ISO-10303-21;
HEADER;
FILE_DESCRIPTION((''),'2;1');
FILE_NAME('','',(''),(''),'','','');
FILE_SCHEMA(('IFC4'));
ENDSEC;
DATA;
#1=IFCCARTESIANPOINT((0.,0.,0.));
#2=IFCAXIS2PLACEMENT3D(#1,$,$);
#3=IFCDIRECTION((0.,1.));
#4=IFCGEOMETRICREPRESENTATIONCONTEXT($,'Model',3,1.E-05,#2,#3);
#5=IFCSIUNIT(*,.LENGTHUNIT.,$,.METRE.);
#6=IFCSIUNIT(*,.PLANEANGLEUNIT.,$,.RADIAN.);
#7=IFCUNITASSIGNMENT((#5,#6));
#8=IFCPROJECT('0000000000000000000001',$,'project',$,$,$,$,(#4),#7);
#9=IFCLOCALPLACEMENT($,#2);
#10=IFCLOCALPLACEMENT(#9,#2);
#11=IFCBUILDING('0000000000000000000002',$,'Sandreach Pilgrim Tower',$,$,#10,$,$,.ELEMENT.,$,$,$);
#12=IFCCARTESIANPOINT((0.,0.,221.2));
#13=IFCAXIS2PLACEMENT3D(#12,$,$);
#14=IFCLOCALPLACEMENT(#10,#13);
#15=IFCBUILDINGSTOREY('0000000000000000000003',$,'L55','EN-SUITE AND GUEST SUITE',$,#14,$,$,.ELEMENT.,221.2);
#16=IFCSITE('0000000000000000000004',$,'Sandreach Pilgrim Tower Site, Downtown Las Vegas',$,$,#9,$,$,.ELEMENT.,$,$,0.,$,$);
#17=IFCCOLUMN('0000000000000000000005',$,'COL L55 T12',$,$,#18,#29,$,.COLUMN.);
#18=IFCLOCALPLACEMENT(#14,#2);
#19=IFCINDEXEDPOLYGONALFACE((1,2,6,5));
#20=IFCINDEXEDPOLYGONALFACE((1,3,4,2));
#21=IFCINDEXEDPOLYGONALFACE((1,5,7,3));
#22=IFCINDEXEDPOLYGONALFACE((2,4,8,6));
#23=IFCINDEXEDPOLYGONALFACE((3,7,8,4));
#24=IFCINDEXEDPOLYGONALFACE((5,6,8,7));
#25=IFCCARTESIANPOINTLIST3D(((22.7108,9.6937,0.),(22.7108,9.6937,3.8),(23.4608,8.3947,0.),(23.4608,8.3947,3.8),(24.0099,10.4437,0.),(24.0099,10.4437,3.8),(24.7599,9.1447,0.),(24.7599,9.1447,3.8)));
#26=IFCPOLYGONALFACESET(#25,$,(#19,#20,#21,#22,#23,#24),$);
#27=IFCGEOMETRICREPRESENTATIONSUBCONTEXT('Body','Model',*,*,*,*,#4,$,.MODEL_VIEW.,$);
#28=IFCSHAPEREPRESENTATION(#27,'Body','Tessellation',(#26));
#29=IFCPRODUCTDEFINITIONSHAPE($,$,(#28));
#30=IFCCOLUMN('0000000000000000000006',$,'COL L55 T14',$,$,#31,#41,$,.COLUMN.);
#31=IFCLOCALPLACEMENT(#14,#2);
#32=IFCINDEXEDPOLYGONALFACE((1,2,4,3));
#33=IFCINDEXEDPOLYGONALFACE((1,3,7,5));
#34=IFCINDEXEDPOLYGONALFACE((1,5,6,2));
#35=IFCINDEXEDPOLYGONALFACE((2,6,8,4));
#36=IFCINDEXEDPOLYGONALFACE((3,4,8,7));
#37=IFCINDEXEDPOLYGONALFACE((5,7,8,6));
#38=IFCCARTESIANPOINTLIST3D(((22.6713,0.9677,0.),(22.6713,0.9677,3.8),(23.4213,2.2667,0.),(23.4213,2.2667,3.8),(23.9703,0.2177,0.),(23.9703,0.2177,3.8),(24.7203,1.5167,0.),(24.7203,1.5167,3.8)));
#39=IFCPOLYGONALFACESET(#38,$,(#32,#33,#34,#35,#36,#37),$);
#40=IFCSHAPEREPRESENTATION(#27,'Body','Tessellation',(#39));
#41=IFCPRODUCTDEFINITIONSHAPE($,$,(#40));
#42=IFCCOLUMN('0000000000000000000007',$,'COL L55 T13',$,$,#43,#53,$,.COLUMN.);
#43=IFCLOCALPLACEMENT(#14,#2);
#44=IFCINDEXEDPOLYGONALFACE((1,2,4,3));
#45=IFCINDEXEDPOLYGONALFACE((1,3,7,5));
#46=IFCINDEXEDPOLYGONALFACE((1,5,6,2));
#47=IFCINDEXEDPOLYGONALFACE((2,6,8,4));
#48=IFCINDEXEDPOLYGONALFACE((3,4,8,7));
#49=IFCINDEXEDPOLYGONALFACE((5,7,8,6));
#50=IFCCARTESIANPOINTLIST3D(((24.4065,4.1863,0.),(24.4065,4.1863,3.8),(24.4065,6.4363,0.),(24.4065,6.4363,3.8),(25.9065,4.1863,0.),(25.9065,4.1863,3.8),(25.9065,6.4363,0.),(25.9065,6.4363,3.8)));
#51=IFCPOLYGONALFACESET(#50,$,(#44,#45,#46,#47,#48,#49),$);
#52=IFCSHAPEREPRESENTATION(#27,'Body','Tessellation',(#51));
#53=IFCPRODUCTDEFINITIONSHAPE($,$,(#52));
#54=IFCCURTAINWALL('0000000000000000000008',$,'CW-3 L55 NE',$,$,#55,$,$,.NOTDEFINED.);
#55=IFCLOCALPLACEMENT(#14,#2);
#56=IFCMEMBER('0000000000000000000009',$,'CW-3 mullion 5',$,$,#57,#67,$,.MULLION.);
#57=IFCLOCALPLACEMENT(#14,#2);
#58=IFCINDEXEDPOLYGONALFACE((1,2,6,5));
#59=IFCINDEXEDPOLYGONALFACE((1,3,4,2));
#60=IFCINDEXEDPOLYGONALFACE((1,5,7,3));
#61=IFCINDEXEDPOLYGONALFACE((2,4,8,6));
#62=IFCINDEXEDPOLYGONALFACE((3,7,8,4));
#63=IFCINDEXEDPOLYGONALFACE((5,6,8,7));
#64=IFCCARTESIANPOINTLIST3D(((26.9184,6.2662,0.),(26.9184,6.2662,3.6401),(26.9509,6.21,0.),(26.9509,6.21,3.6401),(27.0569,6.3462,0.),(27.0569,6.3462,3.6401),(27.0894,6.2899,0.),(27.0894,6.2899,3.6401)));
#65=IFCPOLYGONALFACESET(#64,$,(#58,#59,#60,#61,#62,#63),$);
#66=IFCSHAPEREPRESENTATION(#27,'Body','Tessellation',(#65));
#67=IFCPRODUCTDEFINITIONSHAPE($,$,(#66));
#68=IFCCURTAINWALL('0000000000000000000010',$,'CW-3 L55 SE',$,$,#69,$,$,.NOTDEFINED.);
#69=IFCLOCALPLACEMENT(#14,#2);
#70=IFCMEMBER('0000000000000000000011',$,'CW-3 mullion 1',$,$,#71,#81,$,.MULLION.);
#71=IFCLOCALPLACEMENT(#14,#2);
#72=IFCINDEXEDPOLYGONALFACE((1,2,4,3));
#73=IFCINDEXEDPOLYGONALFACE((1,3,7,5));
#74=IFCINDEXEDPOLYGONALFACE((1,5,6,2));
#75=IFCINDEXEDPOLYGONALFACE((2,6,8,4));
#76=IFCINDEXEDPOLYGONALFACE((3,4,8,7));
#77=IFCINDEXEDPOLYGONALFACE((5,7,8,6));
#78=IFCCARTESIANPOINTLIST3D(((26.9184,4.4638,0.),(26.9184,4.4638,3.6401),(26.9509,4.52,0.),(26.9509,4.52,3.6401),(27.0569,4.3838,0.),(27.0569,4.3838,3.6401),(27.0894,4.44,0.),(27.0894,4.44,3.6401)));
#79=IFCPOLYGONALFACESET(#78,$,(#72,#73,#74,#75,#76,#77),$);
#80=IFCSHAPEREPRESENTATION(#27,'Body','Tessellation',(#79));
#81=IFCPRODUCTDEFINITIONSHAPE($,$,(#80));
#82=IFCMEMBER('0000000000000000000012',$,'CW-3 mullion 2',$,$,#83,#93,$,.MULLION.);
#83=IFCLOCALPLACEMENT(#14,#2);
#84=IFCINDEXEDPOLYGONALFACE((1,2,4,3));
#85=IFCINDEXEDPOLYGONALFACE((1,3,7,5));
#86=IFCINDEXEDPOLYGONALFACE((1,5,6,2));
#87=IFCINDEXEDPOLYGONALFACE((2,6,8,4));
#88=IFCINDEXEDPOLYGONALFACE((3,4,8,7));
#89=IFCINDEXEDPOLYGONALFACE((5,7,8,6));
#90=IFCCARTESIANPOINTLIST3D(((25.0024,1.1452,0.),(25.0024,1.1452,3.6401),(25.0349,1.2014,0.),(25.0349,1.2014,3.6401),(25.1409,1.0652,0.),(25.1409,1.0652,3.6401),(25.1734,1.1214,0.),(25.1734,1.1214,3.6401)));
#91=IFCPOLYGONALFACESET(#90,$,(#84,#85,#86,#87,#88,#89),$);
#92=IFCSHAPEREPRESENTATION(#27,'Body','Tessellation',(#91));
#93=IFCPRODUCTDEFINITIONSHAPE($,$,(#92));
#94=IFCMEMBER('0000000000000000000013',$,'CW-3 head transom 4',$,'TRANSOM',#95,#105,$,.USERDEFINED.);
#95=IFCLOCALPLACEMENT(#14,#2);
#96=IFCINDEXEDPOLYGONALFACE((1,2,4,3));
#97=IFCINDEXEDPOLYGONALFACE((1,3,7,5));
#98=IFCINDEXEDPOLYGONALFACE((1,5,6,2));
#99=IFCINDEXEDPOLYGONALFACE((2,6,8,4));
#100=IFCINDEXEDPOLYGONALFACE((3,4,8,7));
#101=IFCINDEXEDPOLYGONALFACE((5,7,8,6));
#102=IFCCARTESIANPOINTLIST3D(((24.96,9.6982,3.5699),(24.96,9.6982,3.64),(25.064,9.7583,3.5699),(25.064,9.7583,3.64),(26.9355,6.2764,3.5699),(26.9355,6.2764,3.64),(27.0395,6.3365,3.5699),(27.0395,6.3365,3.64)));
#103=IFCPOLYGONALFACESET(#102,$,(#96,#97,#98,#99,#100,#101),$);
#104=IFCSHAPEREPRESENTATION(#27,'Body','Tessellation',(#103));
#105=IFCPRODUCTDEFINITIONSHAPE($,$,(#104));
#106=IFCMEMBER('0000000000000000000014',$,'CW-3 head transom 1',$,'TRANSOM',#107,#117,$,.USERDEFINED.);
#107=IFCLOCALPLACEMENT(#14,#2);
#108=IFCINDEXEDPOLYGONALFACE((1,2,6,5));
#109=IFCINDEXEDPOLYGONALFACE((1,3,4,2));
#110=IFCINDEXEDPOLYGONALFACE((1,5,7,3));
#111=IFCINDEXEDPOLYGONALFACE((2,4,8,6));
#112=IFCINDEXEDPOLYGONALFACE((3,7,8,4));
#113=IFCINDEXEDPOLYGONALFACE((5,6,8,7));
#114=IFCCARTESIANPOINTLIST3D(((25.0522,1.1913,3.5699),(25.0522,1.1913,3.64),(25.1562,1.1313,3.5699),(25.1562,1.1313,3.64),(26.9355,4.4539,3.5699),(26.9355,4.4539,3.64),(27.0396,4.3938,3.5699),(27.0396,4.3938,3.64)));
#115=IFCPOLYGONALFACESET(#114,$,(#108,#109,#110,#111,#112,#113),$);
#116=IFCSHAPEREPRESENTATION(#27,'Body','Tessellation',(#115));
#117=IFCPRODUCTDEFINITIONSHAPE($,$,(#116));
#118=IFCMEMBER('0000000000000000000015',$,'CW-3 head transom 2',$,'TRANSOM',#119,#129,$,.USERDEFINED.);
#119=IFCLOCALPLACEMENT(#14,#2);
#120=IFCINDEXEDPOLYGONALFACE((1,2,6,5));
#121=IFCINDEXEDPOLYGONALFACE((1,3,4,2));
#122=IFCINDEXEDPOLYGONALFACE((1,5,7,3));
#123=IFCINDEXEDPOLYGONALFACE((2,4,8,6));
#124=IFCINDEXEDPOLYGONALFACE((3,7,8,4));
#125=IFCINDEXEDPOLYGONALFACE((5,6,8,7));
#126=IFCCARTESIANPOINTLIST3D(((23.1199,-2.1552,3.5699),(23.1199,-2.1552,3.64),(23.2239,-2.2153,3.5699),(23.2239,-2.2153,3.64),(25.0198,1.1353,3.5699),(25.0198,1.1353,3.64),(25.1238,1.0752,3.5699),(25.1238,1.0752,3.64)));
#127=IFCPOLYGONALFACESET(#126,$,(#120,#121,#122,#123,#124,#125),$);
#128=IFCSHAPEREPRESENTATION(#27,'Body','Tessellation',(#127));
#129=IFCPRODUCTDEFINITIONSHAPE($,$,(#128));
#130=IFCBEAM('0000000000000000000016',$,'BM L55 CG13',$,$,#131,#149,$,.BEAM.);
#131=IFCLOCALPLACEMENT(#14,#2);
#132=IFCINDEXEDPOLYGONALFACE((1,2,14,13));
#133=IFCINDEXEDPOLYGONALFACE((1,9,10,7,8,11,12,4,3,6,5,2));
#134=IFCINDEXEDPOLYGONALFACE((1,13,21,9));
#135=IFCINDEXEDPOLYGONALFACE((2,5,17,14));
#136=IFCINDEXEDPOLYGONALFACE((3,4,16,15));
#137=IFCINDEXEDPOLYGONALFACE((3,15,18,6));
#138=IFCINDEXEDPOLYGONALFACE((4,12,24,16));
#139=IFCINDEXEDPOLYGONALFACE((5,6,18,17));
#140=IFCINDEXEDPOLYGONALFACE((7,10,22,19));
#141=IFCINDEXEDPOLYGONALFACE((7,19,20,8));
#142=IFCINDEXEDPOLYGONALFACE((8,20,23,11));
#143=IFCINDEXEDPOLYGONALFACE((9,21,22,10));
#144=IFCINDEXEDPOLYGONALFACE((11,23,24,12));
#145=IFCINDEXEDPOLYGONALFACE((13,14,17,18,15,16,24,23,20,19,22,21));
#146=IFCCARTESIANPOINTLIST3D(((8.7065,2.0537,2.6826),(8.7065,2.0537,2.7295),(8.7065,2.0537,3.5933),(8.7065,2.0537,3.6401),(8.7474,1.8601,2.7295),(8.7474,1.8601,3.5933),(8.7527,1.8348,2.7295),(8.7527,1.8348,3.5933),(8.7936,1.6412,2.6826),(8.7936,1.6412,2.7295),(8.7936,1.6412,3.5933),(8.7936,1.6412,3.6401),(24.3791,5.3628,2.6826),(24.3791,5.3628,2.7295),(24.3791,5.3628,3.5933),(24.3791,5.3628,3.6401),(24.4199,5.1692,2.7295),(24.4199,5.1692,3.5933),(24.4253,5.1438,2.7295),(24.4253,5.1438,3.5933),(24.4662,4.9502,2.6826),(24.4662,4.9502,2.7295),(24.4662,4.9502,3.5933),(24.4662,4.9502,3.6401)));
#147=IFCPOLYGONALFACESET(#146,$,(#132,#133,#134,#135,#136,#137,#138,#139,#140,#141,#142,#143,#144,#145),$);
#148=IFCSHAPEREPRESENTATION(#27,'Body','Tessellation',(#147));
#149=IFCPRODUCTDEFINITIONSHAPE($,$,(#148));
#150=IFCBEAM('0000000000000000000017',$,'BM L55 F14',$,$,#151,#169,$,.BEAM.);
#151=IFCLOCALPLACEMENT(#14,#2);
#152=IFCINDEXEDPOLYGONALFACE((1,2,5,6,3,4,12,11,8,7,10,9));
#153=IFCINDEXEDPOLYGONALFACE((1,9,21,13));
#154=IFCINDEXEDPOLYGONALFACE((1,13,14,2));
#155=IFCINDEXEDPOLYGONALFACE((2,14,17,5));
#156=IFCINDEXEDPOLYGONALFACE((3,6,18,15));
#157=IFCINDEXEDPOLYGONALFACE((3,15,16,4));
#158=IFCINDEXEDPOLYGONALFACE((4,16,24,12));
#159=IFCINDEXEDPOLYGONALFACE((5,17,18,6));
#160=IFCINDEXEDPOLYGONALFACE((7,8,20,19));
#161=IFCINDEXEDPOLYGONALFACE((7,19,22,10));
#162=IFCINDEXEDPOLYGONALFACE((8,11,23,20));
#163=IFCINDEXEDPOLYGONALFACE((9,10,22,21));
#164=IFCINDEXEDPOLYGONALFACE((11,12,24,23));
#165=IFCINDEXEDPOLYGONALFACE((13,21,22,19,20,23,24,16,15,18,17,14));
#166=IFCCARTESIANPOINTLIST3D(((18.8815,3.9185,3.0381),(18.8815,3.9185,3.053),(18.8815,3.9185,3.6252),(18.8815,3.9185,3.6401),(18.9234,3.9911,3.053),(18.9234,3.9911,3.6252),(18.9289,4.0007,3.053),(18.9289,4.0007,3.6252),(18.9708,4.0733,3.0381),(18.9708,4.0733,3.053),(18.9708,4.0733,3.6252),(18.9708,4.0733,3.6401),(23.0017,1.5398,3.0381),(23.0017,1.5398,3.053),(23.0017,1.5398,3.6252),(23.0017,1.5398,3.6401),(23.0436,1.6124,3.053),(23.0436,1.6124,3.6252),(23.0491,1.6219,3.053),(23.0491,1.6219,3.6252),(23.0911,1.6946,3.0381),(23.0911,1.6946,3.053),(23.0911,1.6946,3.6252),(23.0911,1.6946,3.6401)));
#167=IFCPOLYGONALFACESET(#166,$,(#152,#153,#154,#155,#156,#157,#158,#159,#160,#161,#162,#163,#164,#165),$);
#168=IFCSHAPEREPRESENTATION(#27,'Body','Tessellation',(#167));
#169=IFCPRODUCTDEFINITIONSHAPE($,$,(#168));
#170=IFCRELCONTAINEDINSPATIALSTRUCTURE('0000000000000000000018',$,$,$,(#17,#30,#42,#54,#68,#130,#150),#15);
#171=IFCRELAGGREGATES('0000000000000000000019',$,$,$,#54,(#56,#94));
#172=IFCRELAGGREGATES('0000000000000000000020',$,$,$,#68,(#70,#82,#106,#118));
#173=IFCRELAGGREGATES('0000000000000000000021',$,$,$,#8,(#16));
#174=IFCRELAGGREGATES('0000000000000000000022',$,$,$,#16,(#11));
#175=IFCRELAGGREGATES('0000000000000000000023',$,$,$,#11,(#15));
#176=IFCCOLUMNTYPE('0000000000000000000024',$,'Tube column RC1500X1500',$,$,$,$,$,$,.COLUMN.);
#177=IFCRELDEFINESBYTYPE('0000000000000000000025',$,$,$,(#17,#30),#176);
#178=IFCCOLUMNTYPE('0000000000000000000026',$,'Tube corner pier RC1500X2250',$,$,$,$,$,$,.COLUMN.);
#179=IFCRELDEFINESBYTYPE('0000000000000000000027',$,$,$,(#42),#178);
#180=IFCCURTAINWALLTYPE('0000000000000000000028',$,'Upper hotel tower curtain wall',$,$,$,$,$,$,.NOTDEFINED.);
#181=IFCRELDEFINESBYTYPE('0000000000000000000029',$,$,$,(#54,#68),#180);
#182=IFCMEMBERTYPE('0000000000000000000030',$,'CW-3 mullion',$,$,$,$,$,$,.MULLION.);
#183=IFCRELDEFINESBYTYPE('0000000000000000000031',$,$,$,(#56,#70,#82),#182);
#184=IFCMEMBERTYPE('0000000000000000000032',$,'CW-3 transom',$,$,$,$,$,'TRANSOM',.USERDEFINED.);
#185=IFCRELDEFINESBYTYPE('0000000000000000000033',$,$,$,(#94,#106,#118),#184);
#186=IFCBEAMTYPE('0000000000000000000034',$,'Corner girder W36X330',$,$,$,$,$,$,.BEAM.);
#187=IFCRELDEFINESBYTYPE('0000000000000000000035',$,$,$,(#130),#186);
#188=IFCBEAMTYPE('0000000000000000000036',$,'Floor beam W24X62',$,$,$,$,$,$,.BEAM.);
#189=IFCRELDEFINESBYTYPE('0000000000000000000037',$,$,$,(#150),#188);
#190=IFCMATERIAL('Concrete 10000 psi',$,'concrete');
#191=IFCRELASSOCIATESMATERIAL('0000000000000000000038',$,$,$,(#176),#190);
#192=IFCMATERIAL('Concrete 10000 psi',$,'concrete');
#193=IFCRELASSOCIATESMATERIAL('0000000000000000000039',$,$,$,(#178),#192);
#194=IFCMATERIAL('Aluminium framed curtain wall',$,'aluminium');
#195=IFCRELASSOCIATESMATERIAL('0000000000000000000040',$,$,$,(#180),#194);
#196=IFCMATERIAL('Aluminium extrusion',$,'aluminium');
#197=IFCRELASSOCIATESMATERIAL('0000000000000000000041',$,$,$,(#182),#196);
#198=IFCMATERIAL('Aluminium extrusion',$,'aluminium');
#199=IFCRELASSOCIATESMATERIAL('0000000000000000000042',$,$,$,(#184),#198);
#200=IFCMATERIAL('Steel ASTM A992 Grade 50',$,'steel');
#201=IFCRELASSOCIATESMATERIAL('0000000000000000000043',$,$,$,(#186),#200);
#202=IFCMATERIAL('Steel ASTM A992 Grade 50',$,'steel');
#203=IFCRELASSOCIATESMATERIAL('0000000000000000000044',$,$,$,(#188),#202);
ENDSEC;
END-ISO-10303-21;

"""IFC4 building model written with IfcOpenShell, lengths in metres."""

from ifc_helpers import new_model, si_unit, direction, frame, origin, origin_2d, place, context, subcontext, project, spatial, rectangle, i_section, extrude, material, material_profile, profile_set, type_object, element, aggregate, save


model = new_model("IFC4")

# Units and contexts
model_context = context("Model", 3, precision=1e-05, world=origin(), true_north=direction((0.0, 1.0)))
body_context = subcontext(model_context, "Body", "Model", "MODEL_VIEW")
ifc_project = project(units=[si_unit("LENGTHUNIT", "METRE"), si_unit("PLANEANGLEUNIT", "RADIAN")], contexts=[model_context])

# Site, building, storey
site_placement = place(None, origin())
site = spatial("IfcSite", under=ifc_project, at=site_placement, Name="Sandreach Pilgrim Tower Site, Downtown Las Vegas", CompositionType="ELEMENT", RefElevation=0.0)
building_placement = place(site_placement, origin())
building = spatial("IfcBuilding", under=site, at=building_placement, Name="Sandreach Pilgrim Tower", CompositionType="ELEMENT")
storey_placement = place(building_placement, frame((0.0, 0.0, 221.2)))
storey = spatial("IfcBuildingStorey", under=building, at=storey_placement, Name="L55", Description="EN-SUITE AND GUEST SUITE", CompositionType="ELEMENT", Elevation=221.2)

# Columns
ifc_material_1 = material(Name="Concrete 10000 psi", Category="concrete")
ifc_material_profile_1 = material_profile(ifc_material_1, rectangle(XDim=1.5, YDim=1.5, at=origin_2d()), Name="RC1500X1500")
ifc_profile_set_1 = profile_set([ifc_material_profile_1], Name="Concrete 10000 psi")
column_type_1 = type_object("IfcColumnType", Name="Tube column RC1500X1500", PredefinedType="COLUMN", material=ifc_profile_set_1)
for number, where, z_axis, x_axis, name in (
    (1, (23.7354, 9.4192, 0.0), (0.0, 0.0, 1.0), (0.866025, 0.5, 0.0), "COL L55 T12"),
    (2, (23.6958, 1.2422, 0.0), (0.0, 0.0, 1.0), (0.866025, -0.5, 0.0), "COL L55 T14"),
):
    element("IfcColumn", number, at=place(storey_placement, frame(where, z_axis=z_axis, x_axis=x_axis)), inside=storey, type_object=column_type_1, Name=name, PredefinedType="COLUMN", context=body_context, shape_type="SweptSolid", body=[
        extrude(rectangle(XDim=1.5, YDim=1.5, at=origin_2d()), origin(), (0.0, 0.0, 1.0), 3.8),
    ])
ifc_material_2 = material(Name="Concrete 10000 psi", Category="concrete")
ifc_material_profile_2 = material_profile(ifc_material_2, rectangle(XDim=1.5, YDim=2.25, at=origin_2d()), Name="RC1500X2250")
ifc_profile_set_2 = profile_set([ifc_material_profile_2], Name="Concrete 10000 psi")
column_type_2 = type_object("IfcColumnType", Name="Tube corner pier RC1500X2250", PredefinedType="COLUMN", material=ifc_profile_set_2)
column_placement = place(storey_placement, frame((25.1565, 5.3113, 0.0), z_axis=(0.0, 0.0, 1.0), x_axis=(1.0, 0.0, 0.0)))
element("IfcColumn", 3, at=column_placement, inside=storey, type_object=column_type_2, Name="COL L55 T13", PredefinedType="COLUMN", context=body_context, shape_type="SweptSolid", body=[
    extrude(rectangle(XDim=1.5, YDim=2.25, at=origin_2d()), origin(), (0.0, 0.0, 1.0), 3.8),
])

# Curtain wall, member
ifc_material_3 = material(Name="Aluminium framed curtain wall", Category="aluminium")
curtain_wall_type = type_object("IfcCurtainWallType", Name="Upper hotel tower curtain wall", PredefinedType="NOTDEFINED", material=ifc_material_3)
curtain_wall_1_placement = place(storey_placement, origin())
curtain_wall_1 = element("IfcCurtainWall", 4, at=curtain_wall_1_placement, inside=storey, type_object=curtain_wall_type, Name="CW-3 L55 NE", PredefinedType="NOTDEFINED")
ifc_material_4 = material(Name="Aluminium extrusion", Category="aluminium")
ifc_material_profile_3 = material_profile(ifc_material_4, rectangle(XDim=0.0649, YDim=0.1599, at=origin_2d()), Name="CW-3M 65X160")
ifc_profile_set_3 = profile_set([ifc_material_profile_3], Name="Aluminium extrusion")
member_type_1 = type_object("IfcMemberType", Name="CW-3 mullion", PredefinedType="MULLION", material=ifc_profile_set_3)
member_1_placement = place(storey_placement, frame((27.0039, 6.2781, 0.0), z_axis=(0.0, 0.0, 1.0), x_axis=(0.5, -0.866025, 0.0)))
member_1 = element("IfcMember", 5, at=member_1_placement, type_object=member_type_1, Name="CW-3 mullion 5", PredefinedType="MULLION", context=body_context, shape_type="SweptSolid", body=[
    extrude(rectangle(XDim=0.0649, YDim=0.1599, at=origin_2d()), origin(), (0.0, 0.0, 1.0), 3.6401),
])

# Curtain wall, members
curtain_wall_2_placement = place(storey_placement, origin())
curtain_wall_2 = element("IfcCurtainWall", 6, at=curtain_wall_2_placement, inside=storey, type_object=curtain_wall_type, Name="CW-3 L55 SE", PredefinedType="NOTDEFINED")
member_2_placement = place(storey_placement, frame((27.0039, 4.4519, 0.0), z_axis=(0.0, 0.0, 1.0), x_axis=(-0.5, -0.866025, 0.0)))
member_2 = element("IfcMember", 7, at=member_2_placement, type_object=member_type_1, Name="CW-3 mullion 1", PredefinedType="MULLION", context=body_context, shape_type="SweptSolid", body=[
    extrude(rectangle(XDim=0.0649, YDim=0.1599, at=origin_2d()), origin(), (0.0, 0.0, 1.0), 3.6401),
])
member_3_placement = place(storey_placement, frame((25.0879, 1.1333, 0.0), z_axis=(0.0, 0.0, 1.0), x_axis=(-0.5, -0.866025, 0.0)))
member_3 = element("IfcMember", 8, at=member_3_placement, type_object=member_type_1, Name="CW-3 mullion 2", PredefinedType="MULLION", context=body_context, shape_type="SweptSolid", body=[
    extrude(rectangle(XDim=0.0649, YDim=0.1599, at=origin_2d()), origin(), (0.0, 0.0, 1.0), 3.6401),
])

# Members
ifc_material_5 = material(Name="Aluminium extrusion", Category="aluminium")
ifc_material_profile_4 = material_profile(ifc_material_5, rectangle(XDim=0.1201, YDim=0.0701, at=origin_2d()), Name="CW-3T 120X70")
ifc_profile_set_4 = profile_set([ifc_material_profile_4], Name="Aluminium extrusion")
member_type_2 = type_object("IfcMemberType", Name="CW-3 transom", ElementType="TRANSOM", PredefinedType="USERDEFINED", material=ifc_profile_set_4)
member_4_placement = place(storey_placement, frame((25.012, 9.7283, 3.605), z_axis=(0.499993, -0.866029, 0.0), x_axis=(0.866029, 0.499993, 0.0)))
member_4 = element("IfcMember", 9, at=member_4_placement, type_object=member_type_2, Name="CW-3 head transom 4", ObjectType="TRANSOM", PredefinedType="USERDEFINED", context=body_context, shape_type="SweptSolid", body=[
    extrude(rectangle(XDim=0.1201, YDim=0.0701, at=origin_2d()), origin(), (0.0, 0.0, 1.0), 3.9512),
])
member_5_placement = place(storey_placement, frame((26.9875, 4.4238, 3.605), z_axis=(-0.499945, -0.866057, 0.0), x_axis=(0.866057, -0.499945, 0.0)))
member_5 = element("IfcMember", 10, at=member_5_placement, type_object=member_type_2, Name="CW-3 head transom 1", ObjectType="TRANSOM", PredefinedType="USERDEFINED", context=body_context, shape_type="SweptSolid", body=[
    extrude(rectangle(XDim=0.1201, YDim=0.0701, at=origin_2d()), origin(), (0.0, 0.0, 1.0), 3.7671),
])
member_6_placement = place(storey_placement, frame((25.0718, 1.1052, 3.605), z_axis=(-0.500023, -0.866012, 0.0), x_axis=(0.866012, -0.500023, 0.0)))
member_6 = element("IfcMember", 11, at=member_6_placement, type_object=member_type_2, Name="CW-3 head transom 2", ObjectType="TRANSOM", PredefinedType="USERDEFINED", context=body_context, shape_type="SweptSolid", body=[
    extrude(rectangle(XDim=0.1201, YDim=0.0701, at=origin_2d()), origin(), (0.0, 0.0, 1.0), 3.7996),
])

# Beams
ifc_material_6 = material(Name="Steel ASTM A992 Grade 50", Category="steel")
ifc_material_profile_5 = material_profile(ifc_material_6, i_section(OverallWidth=0.4216, OverallDepth=0.9575, WebThickness=0.0259, FlangeThickness=0.0469, at=origin_2d()), Name="W36X330")
ifc_profile_set_5 = profile_set([ifc_material_profile_5], Name="Steel ASTM A992 Grade 50")
beam_type_1 = type_object("IfcBeamType", Name="Corner girder W36X330", PredefinedType="BEAM", material=ifc_profile_set_5)
beam_1_placement = place(storey_placement, frame((24.4226, 5.1565, 3.1614), z_axis=(-0.978429, -0.206583, 0.0), x_axis=(0.206583, -0.978429, 0.0)))
element("IfcBeam", 12, at=beam_1_placement, inside=storey, type_object=beam_type_1, Name="BM L55 CG13", PredefinedType="BEAM", context=body_context, shape_type="SweptSolid", body=[
    extrude(i_section(OverallWidth=0.4216, OverallDepth=0.9575, WebThickness=0.0259, FlangeThickness=0.0469, at=origin_2d()), origin(), (0.0, 0.0, 1.0), 16.0181),
])
ifc_material_7 = material(Name="Steel ASTM A992 Grade 50", Category="steel")
ifc_material_profile_6 = material_profile(ifc_material_7, i_section(OverallWidth=0.1787, OverallDepth=0.6021, WebThickness=0.011, FlangeThickness=0.0149, at=origin_2d()), Name="W24X62")
ifc_profile_set_6 = profile_set([ifc_material_profile_6], Name="Steel ASTM A992 Grade 50")
beam_type_2 = type_object("IfcBeamType", Name="Floor beam W24X62", PredefinedType="BEAM", material=ifc_profile_set_6)
beam_2_placement = place(storey_placement, frame((23.0464, 1.6172, 3.3391), z_axis=(-0.866033, 0.499986, 0.0), x_axis=(-0.499986, -0.866033, 0.0)))
element("IfcBeam", 13, at=beam_2_placement, inside=storey, type_object=beam_type_2, Name="BM L55 F14", PredefinedType="BEAM", context=body_context, shape_type="SweptSolid", body=[
    extrude(i_section(OverallWidth=0.1787, OverallDepth=0.6021, WebThickness=0.011, FlangeThickness=0.0149, at=origin_2d()), origin(), (0.0, 0.0, 1.0), 4.7576),
])

aggregate(curtain_wall_1, [member_1, member_4])
aggregate(curtain_wall_2, [member_2, member_3, member_5, member_6])

save(model, "model.ifc")
